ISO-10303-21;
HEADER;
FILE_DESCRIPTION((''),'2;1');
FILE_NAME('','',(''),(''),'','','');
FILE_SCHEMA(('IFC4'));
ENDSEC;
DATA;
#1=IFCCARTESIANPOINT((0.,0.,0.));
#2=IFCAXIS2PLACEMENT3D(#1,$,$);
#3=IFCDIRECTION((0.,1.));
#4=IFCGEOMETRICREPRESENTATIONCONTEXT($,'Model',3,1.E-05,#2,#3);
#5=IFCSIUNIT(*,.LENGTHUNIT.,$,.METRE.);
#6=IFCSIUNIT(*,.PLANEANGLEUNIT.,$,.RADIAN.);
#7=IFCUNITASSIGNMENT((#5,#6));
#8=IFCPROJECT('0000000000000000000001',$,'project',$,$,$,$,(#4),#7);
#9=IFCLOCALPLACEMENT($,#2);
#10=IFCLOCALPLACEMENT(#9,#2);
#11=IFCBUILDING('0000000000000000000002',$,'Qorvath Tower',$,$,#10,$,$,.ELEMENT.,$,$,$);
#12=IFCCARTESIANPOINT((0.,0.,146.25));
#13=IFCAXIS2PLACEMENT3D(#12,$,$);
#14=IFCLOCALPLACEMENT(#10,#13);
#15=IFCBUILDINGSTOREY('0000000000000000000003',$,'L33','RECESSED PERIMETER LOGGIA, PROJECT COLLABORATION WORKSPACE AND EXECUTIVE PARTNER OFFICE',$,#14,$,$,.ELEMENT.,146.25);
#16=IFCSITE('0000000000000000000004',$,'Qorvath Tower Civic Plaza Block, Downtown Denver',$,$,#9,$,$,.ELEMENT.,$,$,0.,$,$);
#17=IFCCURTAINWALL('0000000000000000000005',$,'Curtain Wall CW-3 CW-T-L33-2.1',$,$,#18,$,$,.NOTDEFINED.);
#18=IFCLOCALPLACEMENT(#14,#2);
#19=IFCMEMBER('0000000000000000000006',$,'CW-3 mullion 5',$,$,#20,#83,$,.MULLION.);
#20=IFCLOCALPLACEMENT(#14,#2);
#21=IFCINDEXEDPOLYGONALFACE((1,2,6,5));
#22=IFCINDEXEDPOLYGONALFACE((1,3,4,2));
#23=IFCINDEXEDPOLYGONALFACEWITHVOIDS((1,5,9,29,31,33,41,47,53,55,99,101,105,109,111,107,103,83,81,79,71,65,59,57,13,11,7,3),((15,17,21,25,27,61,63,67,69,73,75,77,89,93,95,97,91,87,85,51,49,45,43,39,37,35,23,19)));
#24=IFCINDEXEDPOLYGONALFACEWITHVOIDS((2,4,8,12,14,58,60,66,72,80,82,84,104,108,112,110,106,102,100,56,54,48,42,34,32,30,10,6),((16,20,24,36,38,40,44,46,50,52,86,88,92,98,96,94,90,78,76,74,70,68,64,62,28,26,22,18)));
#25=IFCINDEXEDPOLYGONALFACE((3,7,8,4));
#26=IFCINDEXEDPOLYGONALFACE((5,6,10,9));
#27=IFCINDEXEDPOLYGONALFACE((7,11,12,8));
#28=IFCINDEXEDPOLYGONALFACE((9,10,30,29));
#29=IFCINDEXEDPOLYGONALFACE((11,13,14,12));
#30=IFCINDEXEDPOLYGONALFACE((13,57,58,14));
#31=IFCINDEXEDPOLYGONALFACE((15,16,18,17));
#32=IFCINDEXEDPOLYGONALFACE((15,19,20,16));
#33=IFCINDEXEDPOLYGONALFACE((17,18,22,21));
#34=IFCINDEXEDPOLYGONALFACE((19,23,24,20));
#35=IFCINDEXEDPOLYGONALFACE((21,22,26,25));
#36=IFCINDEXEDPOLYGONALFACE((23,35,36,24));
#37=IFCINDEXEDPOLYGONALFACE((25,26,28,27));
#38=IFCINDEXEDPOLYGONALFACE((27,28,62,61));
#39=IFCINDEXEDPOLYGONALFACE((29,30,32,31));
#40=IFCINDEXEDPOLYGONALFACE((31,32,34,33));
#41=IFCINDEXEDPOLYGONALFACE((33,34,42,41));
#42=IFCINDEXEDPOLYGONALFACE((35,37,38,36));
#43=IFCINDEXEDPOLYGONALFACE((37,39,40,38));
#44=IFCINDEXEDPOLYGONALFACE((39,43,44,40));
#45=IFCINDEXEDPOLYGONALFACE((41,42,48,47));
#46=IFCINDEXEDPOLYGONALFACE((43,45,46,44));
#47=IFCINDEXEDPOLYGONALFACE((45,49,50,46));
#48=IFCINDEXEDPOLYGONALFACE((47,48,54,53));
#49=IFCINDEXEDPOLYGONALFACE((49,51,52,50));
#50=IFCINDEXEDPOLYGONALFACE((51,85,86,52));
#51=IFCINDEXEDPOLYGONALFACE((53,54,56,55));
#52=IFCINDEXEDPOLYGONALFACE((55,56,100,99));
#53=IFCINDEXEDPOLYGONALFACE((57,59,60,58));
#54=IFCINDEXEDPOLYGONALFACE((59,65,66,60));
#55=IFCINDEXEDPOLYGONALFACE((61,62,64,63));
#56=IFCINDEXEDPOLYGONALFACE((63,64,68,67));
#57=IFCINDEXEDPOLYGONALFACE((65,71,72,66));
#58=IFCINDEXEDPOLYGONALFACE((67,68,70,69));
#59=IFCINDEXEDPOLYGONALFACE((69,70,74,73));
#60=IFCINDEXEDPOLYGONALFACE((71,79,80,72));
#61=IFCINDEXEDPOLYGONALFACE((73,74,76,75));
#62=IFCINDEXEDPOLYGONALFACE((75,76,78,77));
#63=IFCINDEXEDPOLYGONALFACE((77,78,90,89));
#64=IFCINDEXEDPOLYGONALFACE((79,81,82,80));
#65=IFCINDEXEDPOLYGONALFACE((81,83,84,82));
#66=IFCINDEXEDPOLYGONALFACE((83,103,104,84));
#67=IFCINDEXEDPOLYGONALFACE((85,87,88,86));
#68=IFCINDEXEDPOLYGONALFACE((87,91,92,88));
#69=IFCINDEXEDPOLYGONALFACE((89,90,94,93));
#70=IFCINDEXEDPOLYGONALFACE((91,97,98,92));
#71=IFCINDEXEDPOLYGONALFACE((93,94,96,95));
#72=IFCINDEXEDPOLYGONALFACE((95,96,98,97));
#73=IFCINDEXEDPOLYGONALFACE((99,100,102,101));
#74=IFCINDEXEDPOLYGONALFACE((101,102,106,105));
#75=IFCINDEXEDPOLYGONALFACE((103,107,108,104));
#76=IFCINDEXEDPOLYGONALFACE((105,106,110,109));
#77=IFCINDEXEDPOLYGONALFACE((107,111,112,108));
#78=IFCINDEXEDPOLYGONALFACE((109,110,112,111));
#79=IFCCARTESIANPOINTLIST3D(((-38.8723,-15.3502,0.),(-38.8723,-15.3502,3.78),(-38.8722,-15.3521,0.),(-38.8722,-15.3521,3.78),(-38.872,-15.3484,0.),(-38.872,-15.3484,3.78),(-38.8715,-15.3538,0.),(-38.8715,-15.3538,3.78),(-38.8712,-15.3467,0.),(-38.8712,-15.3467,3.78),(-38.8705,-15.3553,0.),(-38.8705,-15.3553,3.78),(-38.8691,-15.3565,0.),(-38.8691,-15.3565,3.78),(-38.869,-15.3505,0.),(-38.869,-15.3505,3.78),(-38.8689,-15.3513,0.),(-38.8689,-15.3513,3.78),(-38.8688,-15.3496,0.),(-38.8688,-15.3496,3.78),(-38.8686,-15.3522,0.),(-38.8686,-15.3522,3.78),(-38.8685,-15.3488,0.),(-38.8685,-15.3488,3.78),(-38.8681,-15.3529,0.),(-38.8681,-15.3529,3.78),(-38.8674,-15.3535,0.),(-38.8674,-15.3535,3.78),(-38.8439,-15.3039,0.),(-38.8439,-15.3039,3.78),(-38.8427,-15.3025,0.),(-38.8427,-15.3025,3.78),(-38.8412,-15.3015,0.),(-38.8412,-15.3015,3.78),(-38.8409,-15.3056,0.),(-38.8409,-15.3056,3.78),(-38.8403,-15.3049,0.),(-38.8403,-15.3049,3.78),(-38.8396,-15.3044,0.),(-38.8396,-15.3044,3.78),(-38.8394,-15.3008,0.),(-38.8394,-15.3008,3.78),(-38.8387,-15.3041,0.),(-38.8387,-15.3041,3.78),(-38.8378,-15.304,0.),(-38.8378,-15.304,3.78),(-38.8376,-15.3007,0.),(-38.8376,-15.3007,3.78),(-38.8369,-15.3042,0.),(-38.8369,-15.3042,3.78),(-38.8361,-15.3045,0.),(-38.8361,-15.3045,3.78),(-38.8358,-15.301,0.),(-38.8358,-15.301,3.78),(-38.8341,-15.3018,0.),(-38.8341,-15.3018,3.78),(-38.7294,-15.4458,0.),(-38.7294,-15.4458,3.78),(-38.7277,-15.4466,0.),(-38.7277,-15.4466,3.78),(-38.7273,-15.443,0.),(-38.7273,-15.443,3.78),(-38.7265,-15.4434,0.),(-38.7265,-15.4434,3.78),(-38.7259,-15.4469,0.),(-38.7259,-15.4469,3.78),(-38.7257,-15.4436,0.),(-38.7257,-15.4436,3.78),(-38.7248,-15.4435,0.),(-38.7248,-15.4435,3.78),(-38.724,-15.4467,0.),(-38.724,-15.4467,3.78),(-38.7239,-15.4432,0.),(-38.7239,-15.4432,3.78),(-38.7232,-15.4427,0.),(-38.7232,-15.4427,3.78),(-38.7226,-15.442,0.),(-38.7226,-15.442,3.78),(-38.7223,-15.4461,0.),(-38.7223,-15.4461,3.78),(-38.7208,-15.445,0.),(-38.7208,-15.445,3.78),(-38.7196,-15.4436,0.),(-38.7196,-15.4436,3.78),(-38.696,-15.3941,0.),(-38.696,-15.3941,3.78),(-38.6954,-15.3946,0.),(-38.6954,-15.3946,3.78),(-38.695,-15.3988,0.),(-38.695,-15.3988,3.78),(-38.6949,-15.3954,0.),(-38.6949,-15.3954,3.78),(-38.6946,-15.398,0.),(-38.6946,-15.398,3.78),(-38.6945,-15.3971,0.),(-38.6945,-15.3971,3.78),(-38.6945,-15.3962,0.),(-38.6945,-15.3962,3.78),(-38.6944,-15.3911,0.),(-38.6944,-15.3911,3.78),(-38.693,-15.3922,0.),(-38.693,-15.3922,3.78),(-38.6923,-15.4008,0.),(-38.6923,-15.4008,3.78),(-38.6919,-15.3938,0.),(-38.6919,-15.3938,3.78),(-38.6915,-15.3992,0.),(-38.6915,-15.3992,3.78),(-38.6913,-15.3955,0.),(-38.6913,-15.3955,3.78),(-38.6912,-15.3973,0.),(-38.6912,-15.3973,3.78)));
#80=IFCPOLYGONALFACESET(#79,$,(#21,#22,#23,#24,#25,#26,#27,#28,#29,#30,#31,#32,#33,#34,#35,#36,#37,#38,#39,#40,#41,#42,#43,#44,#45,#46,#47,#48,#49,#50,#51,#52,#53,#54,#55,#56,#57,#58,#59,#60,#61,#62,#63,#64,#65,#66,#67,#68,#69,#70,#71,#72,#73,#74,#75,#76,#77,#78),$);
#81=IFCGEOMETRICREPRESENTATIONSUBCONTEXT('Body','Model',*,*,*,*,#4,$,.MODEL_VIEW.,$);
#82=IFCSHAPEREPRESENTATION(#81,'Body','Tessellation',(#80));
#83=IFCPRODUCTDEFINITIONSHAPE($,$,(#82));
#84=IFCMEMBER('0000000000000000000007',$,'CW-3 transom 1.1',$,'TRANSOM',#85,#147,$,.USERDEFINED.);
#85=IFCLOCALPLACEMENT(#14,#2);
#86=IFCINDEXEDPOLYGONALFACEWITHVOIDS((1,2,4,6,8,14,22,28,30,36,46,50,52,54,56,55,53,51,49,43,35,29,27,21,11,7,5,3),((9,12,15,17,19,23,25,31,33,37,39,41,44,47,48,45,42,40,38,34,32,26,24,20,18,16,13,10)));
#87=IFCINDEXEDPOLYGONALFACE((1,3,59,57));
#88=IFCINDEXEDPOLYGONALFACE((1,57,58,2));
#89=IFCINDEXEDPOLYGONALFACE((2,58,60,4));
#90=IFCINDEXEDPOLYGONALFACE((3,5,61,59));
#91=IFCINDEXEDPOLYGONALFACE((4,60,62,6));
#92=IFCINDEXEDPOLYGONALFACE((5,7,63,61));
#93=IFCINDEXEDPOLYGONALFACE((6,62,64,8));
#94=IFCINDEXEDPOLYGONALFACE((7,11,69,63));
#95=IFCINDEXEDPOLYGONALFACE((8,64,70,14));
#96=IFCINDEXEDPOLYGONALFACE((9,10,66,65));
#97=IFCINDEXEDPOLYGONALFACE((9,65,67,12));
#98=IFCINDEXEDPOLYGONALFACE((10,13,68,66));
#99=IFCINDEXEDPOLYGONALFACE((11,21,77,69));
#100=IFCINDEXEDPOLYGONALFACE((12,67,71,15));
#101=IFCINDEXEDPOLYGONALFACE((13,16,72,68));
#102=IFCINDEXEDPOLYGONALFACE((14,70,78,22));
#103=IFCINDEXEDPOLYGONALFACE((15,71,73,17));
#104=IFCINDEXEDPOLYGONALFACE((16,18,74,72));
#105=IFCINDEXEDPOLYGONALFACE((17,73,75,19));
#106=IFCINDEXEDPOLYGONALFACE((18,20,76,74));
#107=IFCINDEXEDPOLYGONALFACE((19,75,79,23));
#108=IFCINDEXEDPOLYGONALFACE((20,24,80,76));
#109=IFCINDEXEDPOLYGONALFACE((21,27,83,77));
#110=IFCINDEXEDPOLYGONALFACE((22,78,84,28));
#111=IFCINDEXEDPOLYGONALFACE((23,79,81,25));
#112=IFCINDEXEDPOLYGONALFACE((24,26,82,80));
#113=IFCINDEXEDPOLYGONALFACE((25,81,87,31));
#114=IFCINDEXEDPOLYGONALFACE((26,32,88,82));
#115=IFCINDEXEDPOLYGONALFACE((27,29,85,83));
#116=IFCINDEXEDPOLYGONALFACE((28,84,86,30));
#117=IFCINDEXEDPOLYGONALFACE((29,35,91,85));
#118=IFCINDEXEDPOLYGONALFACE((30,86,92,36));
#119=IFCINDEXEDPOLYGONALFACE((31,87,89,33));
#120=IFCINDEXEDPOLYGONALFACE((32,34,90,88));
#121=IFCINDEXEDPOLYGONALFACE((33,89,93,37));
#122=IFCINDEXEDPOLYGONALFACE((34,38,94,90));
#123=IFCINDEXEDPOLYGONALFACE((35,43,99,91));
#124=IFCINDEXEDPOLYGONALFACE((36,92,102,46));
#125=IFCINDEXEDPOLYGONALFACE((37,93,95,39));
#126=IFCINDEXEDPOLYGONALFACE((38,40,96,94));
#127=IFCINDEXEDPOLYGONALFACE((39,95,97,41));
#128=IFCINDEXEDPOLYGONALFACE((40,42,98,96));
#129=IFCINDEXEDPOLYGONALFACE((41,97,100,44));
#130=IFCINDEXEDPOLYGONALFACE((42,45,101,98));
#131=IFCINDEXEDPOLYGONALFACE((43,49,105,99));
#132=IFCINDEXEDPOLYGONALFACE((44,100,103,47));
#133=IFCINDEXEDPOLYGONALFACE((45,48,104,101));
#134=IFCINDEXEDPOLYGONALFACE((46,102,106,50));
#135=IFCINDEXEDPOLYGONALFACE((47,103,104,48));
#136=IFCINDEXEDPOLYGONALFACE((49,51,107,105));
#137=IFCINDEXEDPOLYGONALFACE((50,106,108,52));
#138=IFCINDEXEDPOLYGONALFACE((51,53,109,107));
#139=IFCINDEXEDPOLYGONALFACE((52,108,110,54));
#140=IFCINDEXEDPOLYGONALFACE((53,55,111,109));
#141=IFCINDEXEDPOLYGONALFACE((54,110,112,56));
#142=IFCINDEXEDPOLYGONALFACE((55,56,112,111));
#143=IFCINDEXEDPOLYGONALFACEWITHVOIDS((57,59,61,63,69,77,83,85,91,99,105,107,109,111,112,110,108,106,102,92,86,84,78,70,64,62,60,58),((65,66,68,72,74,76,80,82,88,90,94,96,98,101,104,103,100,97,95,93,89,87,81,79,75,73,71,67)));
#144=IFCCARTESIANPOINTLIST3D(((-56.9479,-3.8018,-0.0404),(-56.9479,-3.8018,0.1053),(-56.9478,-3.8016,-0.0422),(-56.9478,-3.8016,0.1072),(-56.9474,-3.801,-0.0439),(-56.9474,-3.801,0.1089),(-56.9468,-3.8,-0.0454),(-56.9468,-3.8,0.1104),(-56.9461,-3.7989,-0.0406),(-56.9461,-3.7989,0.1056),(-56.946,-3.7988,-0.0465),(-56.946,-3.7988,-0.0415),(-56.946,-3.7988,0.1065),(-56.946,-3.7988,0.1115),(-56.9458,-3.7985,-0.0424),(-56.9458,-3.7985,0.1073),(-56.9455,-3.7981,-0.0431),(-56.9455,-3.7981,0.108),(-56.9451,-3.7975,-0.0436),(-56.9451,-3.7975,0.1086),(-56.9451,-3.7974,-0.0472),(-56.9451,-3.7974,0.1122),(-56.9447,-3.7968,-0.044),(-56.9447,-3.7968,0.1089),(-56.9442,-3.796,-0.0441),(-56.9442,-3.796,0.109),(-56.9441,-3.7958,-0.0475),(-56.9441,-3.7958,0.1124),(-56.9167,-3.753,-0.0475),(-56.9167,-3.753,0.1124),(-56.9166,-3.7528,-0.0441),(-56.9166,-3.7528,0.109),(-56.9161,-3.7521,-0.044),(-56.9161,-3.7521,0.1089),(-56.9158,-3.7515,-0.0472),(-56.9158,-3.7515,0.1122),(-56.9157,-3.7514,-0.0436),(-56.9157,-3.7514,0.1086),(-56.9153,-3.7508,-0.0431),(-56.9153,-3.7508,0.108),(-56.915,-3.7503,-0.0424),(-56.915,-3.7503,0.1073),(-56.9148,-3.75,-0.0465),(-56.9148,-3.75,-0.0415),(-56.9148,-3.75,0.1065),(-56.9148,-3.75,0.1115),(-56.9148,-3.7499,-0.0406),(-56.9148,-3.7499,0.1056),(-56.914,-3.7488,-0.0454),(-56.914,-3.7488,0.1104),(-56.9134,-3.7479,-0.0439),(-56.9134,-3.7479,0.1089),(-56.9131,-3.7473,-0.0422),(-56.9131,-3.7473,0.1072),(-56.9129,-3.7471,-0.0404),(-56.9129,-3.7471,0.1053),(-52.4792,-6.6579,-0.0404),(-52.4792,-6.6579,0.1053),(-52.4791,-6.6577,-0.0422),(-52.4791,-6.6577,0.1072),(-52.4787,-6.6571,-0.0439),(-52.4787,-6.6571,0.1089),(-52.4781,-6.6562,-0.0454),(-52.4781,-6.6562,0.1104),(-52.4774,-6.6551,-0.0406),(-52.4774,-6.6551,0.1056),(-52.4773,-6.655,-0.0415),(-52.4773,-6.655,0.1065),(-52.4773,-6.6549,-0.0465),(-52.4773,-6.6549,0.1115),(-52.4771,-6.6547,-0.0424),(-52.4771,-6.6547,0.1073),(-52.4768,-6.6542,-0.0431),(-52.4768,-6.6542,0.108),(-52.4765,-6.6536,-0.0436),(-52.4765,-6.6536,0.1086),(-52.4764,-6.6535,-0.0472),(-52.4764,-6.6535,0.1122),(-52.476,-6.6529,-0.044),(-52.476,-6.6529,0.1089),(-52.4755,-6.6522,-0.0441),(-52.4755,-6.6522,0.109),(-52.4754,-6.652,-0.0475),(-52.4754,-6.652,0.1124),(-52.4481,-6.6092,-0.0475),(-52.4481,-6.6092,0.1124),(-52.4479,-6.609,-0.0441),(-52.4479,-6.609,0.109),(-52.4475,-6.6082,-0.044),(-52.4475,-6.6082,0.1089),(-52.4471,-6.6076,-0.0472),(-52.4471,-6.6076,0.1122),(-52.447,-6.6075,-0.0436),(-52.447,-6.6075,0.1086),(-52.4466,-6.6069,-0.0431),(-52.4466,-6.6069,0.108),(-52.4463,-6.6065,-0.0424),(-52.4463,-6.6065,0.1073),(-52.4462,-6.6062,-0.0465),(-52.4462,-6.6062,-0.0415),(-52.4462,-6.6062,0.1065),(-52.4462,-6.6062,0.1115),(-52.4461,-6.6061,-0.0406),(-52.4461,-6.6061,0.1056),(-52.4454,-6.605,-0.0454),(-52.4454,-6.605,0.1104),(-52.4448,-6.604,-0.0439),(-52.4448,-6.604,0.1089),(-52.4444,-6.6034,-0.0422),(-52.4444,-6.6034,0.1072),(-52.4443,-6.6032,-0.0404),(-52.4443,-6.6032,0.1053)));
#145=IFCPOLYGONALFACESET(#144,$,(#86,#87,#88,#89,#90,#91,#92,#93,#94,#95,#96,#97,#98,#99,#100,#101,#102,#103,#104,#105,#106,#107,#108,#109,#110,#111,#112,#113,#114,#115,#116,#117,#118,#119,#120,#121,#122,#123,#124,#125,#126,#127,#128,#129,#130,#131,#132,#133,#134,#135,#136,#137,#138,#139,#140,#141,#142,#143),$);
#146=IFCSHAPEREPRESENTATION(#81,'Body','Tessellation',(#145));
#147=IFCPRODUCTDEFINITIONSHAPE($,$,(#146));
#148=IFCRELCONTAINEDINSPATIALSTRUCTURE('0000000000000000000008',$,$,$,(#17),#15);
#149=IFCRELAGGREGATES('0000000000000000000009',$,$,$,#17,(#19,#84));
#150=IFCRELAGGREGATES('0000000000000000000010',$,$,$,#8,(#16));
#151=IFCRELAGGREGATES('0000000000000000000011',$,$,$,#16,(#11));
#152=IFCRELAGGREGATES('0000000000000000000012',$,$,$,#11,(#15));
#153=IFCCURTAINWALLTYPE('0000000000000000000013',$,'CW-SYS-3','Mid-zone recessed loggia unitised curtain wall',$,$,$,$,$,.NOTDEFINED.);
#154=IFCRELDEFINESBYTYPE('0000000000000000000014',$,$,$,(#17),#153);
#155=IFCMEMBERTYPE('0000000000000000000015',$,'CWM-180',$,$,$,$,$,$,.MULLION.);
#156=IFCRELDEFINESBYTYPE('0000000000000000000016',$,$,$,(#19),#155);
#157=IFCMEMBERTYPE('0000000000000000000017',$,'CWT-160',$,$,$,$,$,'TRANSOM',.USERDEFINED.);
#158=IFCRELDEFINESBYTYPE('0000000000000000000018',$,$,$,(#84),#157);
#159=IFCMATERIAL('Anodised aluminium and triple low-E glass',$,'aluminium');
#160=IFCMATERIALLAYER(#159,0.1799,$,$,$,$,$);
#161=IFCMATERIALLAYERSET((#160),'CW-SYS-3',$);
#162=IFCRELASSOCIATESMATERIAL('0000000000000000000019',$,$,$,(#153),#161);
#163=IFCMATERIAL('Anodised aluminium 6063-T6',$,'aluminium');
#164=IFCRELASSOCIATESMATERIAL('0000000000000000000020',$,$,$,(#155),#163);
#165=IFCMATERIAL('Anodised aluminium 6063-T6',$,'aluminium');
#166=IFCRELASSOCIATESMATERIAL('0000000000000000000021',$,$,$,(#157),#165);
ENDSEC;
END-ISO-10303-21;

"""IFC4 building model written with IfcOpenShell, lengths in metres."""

from ifc_helpers import new_model, si_unit, direction, frame, origin, origin_2d, place, context, subcontext, project, spatial, hollow_rectangle, extrude, material, layer, layer_set, material_profile, profile_set, type_object, element, aggregate, save


model = new_model("IFC4")

# Units and contexts
model_context = context("Model", 3, precision=1e-05, world=origin(), true_north=direction((0.0, 1.0)))
body_context = subcontext(model_context, "Body", "Model", "MODEL_VIEW")
ifc_project = project(units=[si_unit("LENGTHUNIT", "METRE"), si_unit("PLANEANGLEUNIT", "RADIAN")], contexts=[model_context])

# Site, building, storey
site_placement = place(None, origin())
site = spatial("IfcSite", under=ifc_project, at=site_placement, Name="Qorvath Tower Civic Plaza Block, Downtown Denver", CompositionType="ELEMENT", RefElevation=0.0)
building_placement = place(site_placement, origin())
building = spatial("IfcBuilding", under=site, at=building_placement, Name="Qorvath Tower", CompositionType="ELEMENT")
storey_placement = place(building_placement, frame((0.0, 0.0, 146.25)))
storey = spatial("IfcBuildingStorey", under=building, at=storey_placement, Name="L33", Description="RECESSED PERIMETER LOGGIA, PROJECT COLLABORATION WORKSPACE AND EXECUTIVE PARTNER OFFICE", CompositionType="ELEMENT", Elevation=146.25)

# Curtain wall, members
ifc_material_1 = material(Name="Anodised aluminium and triple low-E glass", Category="aluminium")
ifc_layer_1 = layer(ifc_material_1, 0.1799)
ifc_layer_set_1 = layer_set([ifc_layer_1], Name="CW-SYS-3")
curtain_wall_type = type_object("IfcCurtainWallType", Name="CW-SYS-3", Description="Mid-zone recessed loggia unitised curtain wall", PredefinedType="NOTDEFINED", material=ifc_layer_set_1)
curtain_wall_placement = place(storey_placement, origin())
curtain_wall = element("IfcCurtainWall", 1, at=curtain_wall_placement, inside=storey, type_object=curtain_wall_type, Name="Curtain Wall CW-3 CW-T-L33-2.1", PredefinedType="NOTDEFINED")
ifc_material_2 = material(Name="Anodised aluminium 6063-T6", Category="aluminium")
ifc_material_profile_1 = material_profile(ifc_material_2, hollow_rectangle(XDim=0.0649, YDim=0.1799, WallThickness=0.0034, InnerFilletRadius=0.0034, OuterFilletRadius=0.0071, at=origin_2d()), Name="CWM 180x65")
ifc_profile_set_1 = profile_set([ifc_material_profile_1], Name="Anodised aluminium 6063-T6")
member_type_1 = type_object("IfcMemberType", Name="CWM-180", PredefinedType="MULLION", material=ifc_profile_set_1)
member_1_placement = place(storey_placement, frame((-38.7817, -15.3738, 0.0), z_axis=(0.0, 0.0, 1.0), x_axis=(0.538533, 0.842604, 0.0)))
member_1 = element("IfcMember", 2, at=member_1_placement, type_object=member_type_1, Name="CW-3 mullion 5", PredefinedType="MULLION", context=body_context, shape_type="SweptSolid", body=[
    extrude(hollow_rectangle(XDim=0.0649, YDim=0.1799, WallThickness=0.0034, InnerFilletRadius=0.0034, OuterFilletRadius=0.0071, at=origin_2d()), origin(), (0.0, 0.0, 1.0), 3.78),
])
ifc_material_3 = material(Name="Anodised aluminium 6063-T6", Category="aluminium")
ifc_material_profile_2 = material_profile(ifc_material_3, hollow_rectangle(XDim=0.0649, YDim=0.1599, WallThickness=0.0034, InnerFilletRadius=0.0034, OuterFilletRadius=0.0071, at=origin_2d()), Name="CWT 160x65")
ifc_profile_set_2 = profile_set([ifc_material_profile_2], Name="Anodised aluminium 6063-T6")
member_type_2 = type_object("IfcMemberType", Name="CWT-160", ElementType="TRANSOM", PredefinedType="USERDEFINED", material=ifc_profile_set_2)
member_2_placement = place(storey_placement, frame((-56.9304, -3.7744, 0.0325), z_axis=(0.842596, -0.538545, 0.0), x_axis=(0.538545, 0.842596, 0.0)))
member_2 = element("IfcMember", 3, at=member_2_placement, type_object=member_type_2, Name="CW-3 transom 1.1", ObjectType="TRANSOM", PredefinedType="USERDEFINED", context=body_context, shape_type="SweptSolid", body=[
    extrude(hollow_rectangle(XDim=0.0649, YDim=0.1599, WallThickness=0.0034, InnerFilletRadius=0.0034, OuterFilletRadius=0.0071, at=origin_2d()), origin(), (0.0, 0.0, 1.0), 5.3035),
])
aggregate(curtain_wall, [member_1, member_2])

save(model, "model.ifc")
